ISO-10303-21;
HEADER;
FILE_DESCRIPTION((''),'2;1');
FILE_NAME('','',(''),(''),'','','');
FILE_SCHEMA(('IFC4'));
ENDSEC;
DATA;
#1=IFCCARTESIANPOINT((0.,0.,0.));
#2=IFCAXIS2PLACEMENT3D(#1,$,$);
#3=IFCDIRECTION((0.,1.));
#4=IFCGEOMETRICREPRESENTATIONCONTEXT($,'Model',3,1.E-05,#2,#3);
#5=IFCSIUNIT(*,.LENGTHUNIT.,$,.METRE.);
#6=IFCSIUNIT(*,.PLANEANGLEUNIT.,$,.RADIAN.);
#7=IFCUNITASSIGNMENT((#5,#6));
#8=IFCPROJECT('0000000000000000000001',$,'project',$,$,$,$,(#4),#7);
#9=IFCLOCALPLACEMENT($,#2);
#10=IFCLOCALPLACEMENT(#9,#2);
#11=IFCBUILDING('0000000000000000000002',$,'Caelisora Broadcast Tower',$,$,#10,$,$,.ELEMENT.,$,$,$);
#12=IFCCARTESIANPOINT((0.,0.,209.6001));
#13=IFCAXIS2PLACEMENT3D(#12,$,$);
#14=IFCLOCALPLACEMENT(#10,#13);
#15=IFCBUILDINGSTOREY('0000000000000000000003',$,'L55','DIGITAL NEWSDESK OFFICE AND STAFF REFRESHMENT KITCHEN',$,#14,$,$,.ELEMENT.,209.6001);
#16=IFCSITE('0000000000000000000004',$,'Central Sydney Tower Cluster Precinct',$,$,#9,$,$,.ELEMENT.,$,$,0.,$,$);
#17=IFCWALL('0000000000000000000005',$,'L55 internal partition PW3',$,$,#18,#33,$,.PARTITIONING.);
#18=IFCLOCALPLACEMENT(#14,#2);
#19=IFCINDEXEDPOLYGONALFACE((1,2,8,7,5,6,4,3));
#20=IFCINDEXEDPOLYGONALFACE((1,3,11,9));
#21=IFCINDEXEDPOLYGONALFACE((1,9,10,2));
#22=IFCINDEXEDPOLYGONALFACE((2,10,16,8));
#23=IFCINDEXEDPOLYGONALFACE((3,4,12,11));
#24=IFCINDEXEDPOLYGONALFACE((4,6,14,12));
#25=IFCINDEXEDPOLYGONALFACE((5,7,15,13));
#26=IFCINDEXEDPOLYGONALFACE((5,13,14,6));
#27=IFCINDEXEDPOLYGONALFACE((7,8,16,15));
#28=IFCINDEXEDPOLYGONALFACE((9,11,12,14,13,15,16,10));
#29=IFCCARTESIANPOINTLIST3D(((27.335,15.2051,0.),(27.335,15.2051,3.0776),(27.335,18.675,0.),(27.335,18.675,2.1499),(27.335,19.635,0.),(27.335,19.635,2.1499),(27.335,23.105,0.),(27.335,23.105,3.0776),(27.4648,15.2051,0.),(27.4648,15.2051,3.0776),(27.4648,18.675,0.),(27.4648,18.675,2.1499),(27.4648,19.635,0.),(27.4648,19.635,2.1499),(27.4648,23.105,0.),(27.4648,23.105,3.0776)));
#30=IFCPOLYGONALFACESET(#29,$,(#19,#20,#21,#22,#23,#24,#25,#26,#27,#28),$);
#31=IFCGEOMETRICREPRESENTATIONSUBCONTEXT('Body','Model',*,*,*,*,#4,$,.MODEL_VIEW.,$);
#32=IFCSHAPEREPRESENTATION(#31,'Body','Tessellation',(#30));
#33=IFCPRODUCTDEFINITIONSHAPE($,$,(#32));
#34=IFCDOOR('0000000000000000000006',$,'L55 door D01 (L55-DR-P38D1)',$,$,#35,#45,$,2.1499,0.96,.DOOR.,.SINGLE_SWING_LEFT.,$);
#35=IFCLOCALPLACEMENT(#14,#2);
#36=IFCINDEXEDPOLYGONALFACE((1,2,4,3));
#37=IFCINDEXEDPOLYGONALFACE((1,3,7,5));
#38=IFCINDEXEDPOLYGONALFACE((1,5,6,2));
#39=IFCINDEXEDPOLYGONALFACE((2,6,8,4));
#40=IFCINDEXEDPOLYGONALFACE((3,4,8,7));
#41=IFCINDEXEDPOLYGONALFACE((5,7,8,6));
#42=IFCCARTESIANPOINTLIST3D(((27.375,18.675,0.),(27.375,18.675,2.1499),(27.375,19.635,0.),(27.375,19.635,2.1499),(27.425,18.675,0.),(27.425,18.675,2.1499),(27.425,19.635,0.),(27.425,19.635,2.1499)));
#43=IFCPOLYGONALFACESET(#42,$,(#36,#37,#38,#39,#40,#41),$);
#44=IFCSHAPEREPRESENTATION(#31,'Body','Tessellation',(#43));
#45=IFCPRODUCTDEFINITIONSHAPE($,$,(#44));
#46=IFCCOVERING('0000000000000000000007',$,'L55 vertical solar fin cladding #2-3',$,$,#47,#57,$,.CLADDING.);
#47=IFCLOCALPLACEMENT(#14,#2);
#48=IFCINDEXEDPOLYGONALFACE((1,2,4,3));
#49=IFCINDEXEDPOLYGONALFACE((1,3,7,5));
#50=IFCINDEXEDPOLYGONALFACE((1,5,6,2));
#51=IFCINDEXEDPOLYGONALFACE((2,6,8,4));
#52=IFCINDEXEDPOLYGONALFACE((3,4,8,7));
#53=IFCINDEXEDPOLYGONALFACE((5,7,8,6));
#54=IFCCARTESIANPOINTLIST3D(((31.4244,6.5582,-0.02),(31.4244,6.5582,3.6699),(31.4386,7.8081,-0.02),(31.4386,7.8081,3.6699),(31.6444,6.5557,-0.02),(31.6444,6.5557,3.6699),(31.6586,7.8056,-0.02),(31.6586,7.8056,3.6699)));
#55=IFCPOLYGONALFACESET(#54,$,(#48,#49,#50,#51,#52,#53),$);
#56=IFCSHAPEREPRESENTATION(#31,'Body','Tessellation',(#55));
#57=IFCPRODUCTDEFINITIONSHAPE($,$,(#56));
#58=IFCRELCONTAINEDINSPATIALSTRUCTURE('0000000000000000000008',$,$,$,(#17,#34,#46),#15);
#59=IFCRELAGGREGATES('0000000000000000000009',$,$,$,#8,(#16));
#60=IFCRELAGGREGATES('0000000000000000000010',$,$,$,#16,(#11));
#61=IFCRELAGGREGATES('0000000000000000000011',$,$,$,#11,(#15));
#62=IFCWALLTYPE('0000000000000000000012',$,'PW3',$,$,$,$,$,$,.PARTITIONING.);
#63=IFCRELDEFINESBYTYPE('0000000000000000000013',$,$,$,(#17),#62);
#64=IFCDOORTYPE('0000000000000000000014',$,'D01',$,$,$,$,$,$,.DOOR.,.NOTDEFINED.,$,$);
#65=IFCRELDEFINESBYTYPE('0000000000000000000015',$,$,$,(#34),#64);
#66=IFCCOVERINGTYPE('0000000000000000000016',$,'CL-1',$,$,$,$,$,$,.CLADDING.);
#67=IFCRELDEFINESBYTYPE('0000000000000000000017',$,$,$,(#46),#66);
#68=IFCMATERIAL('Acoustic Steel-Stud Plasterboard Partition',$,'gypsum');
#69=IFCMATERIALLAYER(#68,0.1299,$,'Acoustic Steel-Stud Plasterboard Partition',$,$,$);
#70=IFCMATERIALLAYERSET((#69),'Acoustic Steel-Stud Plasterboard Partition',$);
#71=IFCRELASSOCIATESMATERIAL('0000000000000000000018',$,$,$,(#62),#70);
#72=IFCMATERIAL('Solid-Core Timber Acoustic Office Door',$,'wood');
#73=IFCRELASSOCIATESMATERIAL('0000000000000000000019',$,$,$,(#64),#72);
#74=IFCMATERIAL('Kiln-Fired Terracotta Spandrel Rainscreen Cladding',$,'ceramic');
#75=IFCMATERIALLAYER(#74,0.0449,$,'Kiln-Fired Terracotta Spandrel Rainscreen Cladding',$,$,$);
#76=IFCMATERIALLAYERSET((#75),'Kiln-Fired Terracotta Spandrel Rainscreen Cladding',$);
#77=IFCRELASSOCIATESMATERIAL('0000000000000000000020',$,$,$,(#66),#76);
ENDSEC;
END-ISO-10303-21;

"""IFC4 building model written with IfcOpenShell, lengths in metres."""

from ifc_helpers import new_model, si_unit, direction, frame, frame_2d, origin, origin_2d, place, context, subcontext, project, spatial, rectangle, extrude, source, transform, mapped, material, layer, layer_set, type_object, type_shapes, element, fill, save


model = new_model("IFC4")

# Units and contexts
model_context = context("Model", 3, precision=1e-05, world=origin(), true_north=direction((0.0, 1.0)))
body_context = subcontext(model_context, "Body", "Model", "MODEL_VIEW")
ifc_project = project(units=[si_unit("LENGTHUNIT", "METRE"), si_unit("PLANEANGLEUNIT", "RADIAN")], contexts=[model_context])

# Site, building, storey
site_placement = place(None, origin())
site = spatial("IfcSite", under=ifc_project, at=site_placement, Name="Central Sydney Tower Cluster Precinct", CompositionType="ELEMENT", RefElevation=0.0)
building_placement = place(site_placement, origin())
building = spatial("IfcBuilding", under=site, at=building_placement, Name="Caelisora Broadcast Tower", CompositionType="ELEMENT")
storey_placement = place(building_placement, frame((0.0, 0.0, 209.6001)))
storey = spatial("IfcBuildingStorey", under=building, at=storey_placement, Name="L55", Description="DIGITAL NEWSDESK OFFICE AND STAFF REFRESHMENT KITCHEN", CompositionType="ELEMENT", Elevation=209.6001)

# Wall, opening, door
ifc_material_1 = material(Name="Acoustic Steel-Stud Plasterboard Partition", Category="gypsum")
ifc_layer_1 = layer(ifc_material_1, 0.1299, Name="Acoustic Steel-Stud Plasterboard Partition")
ifc_layer_set_1 = layer_set([ifc_layer_1], Name="Acoustic Steel-Stud Plasterboard Partition")
wall_type_1 = type_object("IfcWallType", Name="PW3", PredefinedType="PARTITIONING", material=ifc_layer_set_1)
wall_1_placement = place(storey_placement, frame((27.3999, 15.2051, 0.0), z_axis=(0.0, 0.0, 1.0), x_axis=(0.0, 1.0, 0.0)))
wall_1 = element("IfcWall", 1, at=wall_1_placement, inside=storey, type_object=wall_type_1, Name="L55 internal partition PW3", PredefinedType="PARTITIONING", context=body_context, shape_type="SweptSolid", body=[
    extrude(rectangle(XDim=7.8999, YDim=0.1299, at=frame_2d((3.95, 0.0))), origin(), (0.0, 0.0, 1.0), 3.0776),
])
opening_1_placement = place(wall_1_placement, frame((3.47, 0.0, 0.0)))
opening_1 = element("IfcOpeningElement", 2, at=opening_1_placement, cuts=wall_1, PredefinedType="OPENING", context=body_context, shape_type="SweptSolid", body=[
    extrude(rectangle(XDim=0.96, YDim=2.1499, at=frame_2d((0.48, 1.075))), frame((0.0, 0.0769, 0.0), z_axis=(0.0, -1.0, 0.0), x_axis=(1.0, 0.0, 0.0)), (0.0, 0.0, 1.0), 0.1538),
])
ifc_material_2 = material(Name="Solid-Core Timber Acoustic Office Door", Category="wood")
door_type_1 = type_object("IfcDoorType", Name="D01", OperationType="NOTDEFINED", PredefinedType="DOOR", material=ifc_material_2)
door_1_placement = place(opening_1_placement, origin())
door_1 = element("IfcDoor", 3, at=door_1_placement, inside=storey, type_object=door_type_1, Name="L55 door D01 (L55-DR-P38D1)", OperationType="SINGLE_SWING_LEFT", OverallHeight=2.1499, OverallWidth=0.96, PredefinedType="DOOR", context=body_context, shape_type="SweptSolid", body=[
    extrude(rectangle(XDim=0.96, YDim=2.1499, at=frame_2d((0.48, 1.075))), frame((0.0, 0.0249, 0.0), z_axis=(0.0, -1.0, 0.0), x_axis=(1.0, 0.0, 0.0)), (0.0, 0.0, 1.0), 0.05),
])
fill(opening_1, door_1)

# Covering
ifc_material_3 = material(Name="Kiln-Fired Terracotta Spandrel Rainscreen Cladding", Category="ceramic")
ifc_layer_2 = layer(ifc_material_3, 0.0449, Name="Kiln-Fired Terracotta Spandrel Rainscreen Cladding")
ifc_layer_set_2 = layer_set([ifc_layer_2], Name="Kiln-Fired Terracotta Spandrel Rainscreen Cladding")
covering_type = type_object("IfcCoveringType", Name="CL-1", PredefinedType="CLADDING", material=ifc_layer_set_2)
shared_shape_1 = source(origin(), body_context, "Body", "SweptSolid", [
    extrude(rectangle(XDim=0.22, YDim=1.25, at=origin_2d()), origin(), (0.0, 0.0, 1.0), 3.6899),
])
type_shapes(covering_type, [shared_shape_1])
covering_placement = place(storey_placement, frame((31.5415, 7.1819, -0.02), z_axis=(0.0, 0.0, 1.0), x_axis=(-0.999936, 0.011344, 0.0)))
element("IfcCovering", 4, at=covering_placement, inside=storey, type_object=covering_type, Name="L55 vertical solar fin cladding #2-3", PredefinedType="CLADDING", context=body_context, shape_type="MappedRepresentation", body=[
    mapped(shared_shape_1, transform((0.0, 0.0, 0.0), scale=1.0)),
])

save(model, "model.ifc")
